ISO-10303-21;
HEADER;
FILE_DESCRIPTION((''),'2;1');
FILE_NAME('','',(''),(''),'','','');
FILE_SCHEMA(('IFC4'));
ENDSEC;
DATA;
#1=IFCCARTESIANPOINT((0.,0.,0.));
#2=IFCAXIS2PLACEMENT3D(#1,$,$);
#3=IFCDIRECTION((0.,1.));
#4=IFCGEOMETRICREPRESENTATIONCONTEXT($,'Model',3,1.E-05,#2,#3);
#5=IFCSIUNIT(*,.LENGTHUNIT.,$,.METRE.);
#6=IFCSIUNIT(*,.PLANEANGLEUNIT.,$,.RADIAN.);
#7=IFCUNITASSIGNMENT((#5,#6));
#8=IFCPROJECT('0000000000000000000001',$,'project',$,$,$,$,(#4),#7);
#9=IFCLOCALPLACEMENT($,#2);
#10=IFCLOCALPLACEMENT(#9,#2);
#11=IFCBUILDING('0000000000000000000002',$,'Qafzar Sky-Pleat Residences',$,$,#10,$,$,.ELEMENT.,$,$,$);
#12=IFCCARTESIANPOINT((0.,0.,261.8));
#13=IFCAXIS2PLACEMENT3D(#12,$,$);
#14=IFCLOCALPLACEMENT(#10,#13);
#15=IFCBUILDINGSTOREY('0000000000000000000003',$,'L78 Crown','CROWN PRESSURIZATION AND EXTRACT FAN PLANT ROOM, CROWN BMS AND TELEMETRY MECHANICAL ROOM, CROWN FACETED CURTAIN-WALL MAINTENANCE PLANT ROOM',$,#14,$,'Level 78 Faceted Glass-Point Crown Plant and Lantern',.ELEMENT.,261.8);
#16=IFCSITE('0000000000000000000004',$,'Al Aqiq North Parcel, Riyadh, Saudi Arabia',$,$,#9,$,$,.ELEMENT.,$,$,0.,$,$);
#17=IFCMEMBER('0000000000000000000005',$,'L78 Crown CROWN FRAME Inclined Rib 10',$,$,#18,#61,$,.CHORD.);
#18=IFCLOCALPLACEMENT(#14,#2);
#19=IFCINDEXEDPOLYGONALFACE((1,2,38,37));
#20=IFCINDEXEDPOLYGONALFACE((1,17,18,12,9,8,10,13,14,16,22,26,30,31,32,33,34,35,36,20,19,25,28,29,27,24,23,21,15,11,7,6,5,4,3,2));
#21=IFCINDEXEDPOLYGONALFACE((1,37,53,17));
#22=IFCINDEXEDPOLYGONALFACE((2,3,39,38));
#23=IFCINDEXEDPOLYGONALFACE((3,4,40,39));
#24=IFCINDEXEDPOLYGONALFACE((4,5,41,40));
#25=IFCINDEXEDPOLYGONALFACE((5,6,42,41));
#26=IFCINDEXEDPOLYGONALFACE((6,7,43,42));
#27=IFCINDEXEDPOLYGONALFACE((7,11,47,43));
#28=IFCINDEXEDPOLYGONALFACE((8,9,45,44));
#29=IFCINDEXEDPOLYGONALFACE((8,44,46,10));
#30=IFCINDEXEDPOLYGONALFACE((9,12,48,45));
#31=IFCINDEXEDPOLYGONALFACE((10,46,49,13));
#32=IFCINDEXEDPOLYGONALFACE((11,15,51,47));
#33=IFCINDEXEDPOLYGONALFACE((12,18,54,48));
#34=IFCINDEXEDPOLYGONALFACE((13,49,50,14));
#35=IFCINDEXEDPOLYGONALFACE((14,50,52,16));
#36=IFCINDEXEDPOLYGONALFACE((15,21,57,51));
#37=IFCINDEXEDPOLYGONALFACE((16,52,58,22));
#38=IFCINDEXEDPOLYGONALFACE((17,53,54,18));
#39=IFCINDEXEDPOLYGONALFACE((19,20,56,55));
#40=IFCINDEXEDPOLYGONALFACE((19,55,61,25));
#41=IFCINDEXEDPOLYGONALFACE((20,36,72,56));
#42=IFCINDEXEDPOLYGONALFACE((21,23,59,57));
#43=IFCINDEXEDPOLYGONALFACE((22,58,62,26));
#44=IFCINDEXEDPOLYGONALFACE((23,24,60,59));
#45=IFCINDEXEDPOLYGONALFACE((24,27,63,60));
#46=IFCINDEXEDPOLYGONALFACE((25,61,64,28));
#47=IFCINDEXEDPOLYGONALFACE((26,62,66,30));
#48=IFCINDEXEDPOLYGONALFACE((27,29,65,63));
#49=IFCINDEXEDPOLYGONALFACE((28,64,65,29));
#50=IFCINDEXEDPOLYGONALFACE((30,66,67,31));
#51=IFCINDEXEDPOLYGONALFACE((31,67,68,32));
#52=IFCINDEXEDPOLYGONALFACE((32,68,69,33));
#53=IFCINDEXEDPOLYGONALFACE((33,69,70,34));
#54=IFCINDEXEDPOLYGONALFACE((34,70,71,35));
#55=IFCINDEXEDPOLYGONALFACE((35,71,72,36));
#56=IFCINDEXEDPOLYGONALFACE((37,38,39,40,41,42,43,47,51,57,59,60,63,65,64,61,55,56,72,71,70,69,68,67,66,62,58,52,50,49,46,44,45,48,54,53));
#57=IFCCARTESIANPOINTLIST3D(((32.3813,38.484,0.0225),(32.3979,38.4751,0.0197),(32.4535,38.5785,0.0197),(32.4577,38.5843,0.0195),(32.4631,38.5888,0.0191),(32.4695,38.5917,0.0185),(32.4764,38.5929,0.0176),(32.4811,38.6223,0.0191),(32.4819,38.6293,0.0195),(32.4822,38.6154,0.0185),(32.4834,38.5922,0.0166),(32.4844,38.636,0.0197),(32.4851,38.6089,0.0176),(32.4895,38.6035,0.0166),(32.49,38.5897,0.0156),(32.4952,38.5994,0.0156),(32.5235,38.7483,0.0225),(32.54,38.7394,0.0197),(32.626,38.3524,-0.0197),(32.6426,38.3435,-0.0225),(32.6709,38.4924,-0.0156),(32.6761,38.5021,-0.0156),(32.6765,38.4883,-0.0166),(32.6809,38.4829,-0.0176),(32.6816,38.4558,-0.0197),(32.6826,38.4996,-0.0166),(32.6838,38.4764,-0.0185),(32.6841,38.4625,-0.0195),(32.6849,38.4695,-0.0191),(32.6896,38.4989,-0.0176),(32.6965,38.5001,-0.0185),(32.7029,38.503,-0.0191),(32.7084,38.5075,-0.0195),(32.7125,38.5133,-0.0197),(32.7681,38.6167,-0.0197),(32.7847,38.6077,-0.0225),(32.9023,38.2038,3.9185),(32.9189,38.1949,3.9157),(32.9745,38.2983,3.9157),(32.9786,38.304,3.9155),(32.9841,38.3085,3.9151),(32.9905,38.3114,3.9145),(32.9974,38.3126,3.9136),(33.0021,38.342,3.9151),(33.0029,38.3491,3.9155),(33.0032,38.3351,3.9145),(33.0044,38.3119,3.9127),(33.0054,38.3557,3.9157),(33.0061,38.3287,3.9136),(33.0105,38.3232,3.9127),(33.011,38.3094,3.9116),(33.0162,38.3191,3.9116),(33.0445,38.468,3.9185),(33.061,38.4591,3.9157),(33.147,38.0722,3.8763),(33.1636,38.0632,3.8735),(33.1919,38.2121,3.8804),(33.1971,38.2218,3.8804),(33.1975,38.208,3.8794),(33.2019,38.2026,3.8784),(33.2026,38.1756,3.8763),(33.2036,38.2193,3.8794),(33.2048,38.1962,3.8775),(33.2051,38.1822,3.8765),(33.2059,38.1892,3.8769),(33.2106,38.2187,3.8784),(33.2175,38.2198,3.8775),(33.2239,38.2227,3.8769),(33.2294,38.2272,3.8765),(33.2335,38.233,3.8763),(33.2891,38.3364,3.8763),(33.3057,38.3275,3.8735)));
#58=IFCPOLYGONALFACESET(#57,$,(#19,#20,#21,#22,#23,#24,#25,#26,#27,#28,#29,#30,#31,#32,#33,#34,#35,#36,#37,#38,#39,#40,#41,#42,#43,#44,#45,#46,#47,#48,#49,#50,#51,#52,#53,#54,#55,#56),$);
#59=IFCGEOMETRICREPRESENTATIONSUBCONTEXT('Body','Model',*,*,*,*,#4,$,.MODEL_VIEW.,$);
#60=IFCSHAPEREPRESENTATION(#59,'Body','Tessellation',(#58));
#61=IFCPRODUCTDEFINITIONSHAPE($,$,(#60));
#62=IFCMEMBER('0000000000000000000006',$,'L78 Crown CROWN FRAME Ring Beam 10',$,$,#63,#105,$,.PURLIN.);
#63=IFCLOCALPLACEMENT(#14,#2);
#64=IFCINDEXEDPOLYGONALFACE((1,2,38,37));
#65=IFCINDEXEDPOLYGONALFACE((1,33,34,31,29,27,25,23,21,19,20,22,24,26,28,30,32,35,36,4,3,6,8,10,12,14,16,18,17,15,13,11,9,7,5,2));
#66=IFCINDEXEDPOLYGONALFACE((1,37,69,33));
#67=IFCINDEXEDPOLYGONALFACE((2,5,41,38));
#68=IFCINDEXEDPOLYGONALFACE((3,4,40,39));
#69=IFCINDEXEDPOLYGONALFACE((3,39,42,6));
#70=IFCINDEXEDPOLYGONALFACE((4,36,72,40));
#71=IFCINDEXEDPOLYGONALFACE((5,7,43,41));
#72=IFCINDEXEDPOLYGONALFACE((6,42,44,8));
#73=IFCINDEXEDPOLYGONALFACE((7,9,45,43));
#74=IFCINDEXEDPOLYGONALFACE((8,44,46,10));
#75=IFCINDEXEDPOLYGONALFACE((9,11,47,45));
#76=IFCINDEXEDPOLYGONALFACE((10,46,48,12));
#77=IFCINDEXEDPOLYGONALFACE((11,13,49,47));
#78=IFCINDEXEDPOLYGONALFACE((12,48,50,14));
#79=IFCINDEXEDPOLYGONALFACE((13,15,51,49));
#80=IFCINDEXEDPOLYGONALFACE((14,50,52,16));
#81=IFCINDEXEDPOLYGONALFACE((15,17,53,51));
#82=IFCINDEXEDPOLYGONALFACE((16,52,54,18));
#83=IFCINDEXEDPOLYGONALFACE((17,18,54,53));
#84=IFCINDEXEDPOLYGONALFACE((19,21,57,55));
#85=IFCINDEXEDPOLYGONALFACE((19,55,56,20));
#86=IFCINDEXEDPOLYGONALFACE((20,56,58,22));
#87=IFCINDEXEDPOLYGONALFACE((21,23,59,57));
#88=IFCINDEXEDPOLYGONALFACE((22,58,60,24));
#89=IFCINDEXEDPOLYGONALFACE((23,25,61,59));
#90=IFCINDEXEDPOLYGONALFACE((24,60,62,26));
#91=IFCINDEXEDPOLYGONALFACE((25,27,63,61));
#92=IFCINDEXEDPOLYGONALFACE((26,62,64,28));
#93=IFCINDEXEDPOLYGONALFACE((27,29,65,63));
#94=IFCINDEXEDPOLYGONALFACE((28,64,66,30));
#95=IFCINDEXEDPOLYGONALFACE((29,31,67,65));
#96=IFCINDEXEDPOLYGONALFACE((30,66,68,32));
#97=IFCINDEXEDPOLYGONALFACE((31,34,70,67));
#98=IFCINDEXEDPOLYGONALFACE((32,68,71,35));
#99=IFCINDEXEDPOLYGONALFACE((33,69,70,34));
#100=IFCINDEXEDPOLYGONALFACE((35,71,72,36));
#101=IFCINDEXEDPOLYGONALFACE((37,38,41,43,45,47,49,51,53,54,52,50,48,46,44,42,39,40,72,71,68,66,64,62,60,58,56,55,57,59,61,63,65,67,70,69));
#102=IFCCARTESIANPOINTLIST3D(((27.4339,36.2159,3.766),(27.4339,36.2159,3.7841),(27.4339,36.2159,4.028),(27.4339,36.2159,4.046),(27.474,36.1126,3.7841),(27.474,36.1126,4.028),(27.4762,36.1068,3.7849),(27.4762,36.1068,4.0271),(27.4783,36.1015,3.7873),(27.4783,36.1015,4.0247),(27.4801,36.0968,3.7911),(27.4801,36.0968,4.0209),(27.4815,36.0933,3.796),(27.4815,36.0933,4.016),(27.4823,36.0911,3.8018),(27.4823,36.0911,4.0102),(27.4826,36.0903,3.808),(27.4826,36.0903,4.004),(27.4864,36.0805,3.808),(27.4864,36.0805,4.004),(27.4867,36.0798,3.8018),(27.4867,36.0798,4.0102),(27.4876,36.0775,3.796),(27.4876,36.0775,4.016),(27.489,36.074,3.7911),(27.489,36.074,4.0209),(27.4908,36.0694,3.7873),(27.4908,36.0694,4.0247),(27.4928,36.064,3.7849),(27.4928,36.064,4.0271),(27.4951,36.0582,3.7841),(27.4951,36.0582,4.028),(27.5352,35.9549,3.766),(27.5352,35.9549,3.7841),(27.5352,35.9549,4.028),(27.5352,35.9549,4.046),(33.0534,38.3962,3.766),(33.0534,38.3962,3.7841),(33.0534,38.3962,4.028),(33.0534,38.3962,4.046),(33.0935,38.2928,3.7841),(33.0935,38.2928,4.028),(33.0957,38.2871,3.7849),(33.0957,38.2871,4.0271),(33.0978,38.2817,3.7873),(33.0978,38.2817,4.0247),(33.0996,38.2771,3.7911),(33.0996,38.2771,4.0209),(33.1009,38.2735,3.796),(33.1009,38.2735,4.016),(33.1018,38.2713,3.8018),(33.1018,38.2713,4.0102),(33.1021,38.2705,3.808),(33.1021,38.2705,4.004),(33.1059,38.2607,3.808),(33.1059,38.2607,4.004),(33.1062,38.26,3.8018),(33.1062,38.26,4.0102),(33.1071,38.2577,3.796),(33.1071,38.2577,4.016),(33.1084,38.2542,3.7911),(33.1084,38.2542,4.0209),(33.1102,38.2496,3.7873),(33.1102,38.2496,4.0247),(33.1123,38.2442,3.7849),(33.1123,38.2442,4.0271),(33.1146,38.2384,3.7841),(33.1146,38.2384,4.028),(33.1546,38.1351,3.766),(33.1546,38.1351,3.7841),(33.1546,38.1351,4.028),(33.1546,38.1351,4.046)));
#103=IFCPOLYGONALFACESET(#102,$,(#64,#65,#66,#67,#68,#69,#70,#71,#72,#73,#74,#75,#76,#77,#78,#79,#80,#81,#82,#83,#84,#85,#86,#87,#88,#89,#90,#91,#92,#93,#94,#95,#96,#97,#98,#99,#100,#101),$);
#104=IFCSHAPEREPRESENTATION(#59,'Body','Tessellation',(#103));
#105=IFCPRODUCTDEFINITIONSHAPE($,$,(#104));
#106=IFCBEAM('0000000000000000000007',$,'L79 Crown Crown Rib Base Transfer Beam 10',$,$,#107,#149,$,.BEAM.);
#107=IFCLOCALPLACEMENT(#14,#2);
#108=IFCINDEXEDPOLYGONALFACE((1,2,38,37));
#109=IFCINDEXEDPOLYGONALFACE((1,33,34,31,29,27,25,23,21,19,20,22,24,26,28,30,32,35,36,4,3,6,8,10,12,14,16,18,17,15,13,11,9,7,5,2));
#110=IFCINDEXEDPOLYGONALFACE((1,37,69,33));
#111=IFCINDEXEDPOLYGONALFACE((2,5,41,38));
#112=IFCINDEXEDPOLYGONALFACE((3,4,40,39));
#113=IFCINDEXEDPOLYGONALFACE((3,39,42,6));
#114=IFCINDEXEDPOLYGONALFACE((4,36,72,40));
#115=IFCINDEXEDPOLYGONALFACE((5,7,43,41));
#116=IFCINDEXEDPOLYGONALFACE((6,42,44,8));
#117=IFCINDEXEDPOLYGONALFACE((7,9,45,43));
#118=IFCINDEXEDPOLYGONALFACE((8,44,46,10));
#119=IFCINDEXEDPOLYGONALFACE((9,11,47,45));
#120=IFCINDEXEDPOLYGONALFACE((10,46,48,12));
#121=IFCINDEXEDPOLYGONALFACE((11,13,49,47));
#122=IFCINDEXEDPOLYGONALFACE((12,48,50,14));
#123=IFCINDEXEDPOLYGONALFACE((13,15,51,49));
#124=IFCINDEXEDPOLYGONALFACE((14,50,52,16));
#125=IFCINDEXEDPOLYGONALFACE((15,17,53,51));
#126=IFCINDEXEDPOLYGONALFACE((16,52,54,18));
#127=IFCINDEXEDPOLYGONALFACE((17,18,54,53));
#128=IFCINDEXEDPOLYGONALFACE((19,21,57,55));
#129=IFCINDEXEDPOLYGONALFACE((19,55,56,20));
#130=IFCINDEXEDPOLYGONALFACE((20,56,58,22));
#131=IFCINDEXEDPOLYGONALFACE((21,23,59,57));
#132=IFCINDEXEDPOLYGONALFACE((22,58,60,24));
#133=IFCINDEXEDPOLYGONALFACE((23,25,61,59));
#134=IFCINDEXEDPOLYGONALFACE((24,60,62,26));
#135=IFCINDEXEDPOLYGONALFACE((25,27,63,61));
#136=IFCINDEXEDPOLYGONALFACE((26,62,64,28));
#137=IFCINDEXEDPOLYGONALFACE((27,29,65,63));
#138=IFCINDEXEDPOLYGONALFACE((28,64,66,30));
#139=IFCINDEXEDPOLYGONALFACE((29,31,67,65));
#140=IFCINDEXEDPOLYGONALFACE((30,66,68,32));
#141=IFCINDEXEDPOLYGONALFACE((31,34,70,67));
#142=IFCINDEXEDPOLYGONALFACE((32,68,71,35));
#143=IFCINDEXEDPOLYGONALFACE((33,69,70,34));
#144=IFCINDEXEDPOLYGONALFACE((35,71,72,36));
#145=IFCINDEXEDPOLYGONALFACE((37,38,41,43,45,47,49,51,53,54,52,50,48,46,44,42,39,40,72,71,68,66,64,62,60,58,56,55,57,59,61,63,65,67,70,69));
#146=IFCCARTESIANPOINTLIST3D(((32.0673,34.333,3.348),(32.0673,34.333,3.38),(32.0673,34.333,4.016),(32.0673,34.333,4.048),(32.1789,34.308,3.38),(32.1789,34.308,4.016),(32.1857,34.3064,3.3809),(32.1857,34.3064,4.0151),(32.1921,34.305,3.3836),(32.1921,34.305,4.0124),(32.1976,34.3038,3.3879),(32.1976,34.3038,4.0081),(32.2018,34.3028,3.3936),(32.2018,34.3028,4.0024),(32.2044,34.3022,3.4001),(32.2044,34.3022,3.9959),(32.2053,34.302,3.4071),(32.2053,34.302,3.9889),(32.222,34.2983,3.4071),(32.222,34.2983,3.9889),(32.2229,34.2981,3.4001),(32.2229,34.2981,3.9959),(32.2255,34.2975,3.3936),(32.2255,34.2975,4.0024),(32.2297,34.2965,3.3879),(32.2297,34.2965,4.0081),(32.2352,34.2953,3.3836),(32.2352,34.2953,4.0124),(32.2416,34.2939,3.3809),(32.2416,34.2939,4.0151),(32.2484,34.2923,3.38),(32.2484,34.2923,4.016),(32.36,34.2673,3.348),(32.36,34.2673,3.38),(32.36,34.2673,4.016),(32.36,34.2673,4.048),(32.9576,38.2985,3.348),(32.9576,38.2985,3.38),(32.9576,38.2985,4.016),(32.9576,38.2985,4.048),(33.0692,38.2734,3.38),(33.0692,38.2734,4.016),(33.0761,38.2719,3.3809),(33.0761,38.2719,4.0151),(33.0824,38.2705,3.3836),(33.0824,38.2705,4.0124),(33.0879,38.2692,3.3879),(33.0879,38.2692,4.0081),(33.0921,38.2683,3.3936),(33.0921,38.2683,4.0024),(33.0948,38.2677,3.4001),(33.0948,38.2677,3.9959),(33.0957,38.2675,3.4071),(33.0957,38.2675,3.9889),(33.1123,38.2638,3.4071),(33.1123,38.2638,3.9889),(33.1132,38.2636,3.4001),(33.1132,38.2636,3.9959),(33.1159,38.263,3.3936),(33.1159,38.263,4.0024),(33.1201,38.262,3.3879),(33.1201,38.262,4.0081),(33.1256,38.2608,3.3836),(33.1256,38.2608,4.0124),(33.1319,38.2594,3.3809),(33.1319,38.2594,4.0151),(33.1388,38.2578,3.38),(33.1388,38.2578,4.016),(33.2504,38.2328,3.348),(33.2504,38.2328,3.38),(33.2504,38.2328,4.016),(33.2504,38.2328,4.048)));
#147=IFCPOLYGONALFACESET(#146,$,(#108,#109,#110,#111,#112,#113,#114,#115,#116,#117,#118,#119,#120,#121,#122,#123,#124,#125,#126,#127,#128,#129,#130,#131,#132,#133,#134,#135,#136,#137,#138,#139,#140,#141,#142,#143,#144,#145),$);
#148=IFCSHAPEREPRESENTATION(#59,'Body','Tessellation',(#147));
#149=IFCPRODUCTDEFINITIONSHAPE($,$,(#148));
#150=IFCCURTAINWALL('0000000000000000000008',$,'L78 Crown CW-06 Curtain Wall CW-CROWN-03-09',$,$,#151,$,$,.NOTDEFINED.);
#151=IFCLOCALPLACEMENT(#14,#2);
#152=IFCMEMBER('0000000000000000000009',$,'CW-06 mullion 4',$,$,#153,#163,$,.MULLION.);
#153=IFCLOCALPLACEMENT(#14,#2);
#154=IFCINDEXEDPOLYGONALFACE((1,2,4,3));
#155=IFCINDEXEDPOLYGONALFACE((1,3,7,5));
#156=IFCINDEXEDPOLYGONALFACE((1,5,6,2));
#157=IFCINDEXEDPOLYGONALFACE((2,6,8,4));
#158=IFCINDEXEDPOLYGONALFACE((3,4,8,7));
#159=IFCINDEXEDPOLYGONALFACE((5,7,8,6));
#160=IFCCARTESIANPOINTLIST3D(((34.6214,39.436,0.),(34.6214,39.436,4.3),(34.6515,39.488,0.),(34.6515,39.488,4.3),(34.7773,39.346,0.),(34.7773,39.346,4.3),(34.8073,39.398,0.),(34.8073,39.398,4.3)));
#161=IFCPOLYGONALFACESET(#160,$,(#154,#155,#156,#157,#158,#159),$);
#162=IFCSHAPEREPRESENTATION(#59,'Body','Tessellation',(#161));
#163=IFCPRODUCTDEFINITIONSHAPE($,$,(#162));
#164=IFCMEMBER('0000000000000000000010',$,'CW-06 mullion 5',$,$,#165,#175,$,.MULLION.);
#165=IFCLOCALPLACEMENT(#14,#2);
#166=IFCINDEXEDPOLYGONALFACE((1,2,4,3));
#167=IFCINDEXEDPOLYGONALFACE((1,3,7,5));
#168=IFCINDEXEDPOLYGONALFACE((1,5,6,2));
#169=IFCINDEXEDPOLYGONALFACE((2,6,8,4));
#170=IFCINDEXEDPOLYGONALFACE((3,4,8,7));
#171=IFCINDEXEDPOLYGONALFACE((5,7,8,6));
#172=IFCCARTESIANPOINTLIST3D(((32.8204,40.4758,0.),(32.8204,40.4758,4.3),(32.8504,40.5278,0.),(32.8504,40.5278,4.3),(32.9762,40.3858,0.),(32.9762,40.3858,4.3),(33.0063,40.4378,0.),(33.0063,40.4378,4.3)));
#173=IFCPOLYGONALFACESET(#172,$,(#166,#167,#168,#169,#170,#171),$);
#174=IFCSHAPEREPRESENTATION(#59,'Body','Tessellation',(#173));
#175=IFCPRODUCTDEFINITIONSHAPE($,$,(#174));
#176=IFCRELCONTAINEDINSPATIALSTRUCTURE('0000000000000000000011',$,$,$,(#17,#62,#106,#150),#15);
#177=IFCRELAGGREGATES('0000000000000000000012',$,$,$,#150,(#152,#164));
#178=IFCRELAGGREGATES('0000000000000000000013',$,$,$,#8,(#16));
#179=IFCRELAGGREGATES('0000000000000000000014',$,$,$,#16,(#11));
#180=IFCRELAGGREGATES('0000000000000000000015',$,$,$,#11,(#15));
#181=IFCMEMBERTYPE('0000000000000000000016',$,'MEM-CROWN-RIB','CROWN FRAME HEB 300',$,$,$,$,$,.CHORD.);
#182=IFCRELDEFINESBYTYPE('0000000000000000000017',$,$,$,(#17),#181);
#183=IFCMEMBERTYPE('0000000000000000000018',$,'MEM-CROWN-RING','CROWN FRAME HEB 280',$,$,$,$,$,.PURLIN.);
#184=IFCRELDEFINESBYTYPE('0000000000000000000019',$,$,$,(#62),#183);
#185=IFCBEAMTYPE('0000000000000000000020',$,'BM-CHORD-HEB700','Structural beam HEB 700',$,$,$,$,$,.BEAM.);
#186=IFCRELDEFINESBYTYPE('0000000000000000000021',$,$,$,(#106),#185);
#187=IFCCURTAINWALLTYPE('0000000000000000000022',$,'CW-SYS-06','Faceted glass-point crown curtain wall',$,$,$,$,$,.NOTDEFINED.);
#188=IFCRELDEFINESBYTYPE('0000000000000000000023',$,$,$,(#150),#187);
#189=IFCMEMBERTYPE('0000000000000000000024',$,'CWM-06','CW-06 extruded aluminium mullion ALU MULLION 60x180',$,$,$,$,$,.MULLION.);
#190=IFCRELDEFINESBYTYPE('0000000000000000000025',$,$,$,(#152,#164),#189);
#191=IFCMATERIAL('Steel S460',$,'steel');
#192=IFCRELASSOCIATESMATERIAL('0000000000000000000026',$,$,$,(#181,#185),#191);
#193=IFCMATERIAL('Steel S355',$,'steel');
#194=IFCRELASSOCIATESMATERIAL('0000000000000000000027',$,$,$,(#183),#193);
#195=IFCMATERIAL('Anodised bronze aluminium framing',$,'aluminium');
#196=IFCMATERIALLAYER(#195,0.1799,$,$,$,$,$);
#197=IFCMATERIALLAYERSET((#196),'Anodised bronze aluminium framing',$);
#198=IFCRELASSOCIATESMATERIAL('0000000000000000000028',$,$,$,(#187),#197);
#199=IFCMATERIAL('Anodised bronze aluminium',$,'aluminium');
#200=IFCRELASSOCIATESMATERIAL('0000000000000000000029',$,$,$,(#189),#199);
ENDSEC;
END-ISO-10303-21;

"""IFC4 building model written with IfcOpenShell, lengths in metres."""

from ifc_helpers import new_model, si_unit, direction, frame, origin, origin_2d, place, context, subcontext, project, spatial, rectangle, i_section, extrude, source, transform, mapped, material, layer, layer_set, material_profile, profile_set, type_object, element, aggregate, save


model = new_model("IFC4")

# Units and contexts
model_context = context("Model", 3, precision=1e-05, world=origin(), true_north=direction((0.0, 1.0)))
body_context = subcontext(model_context, "Body", "Model", "MODEL_VIEW")
ifc_project = project(units=[si_unit("LENGTHUNIT", "METRE"), si_unit("PLANEANGLEUNIT", "RADIAN")], contexts=[model_context])

# Site, building, storey
site_placement = place(None, origin())
site = spatial("IfcSite", under=ifc_project, at=site_placement, Name="Al Aqiq North Parcel, Riyadh, Saudi Arabia", CompositionType="ELEMENT", RefElevation=0.0)
building_placement = place(site_placement, origin())
building = spatial("IfcBuilding", under=site, at=building_placement, Name="Qafzar Sky-Pleat Residences", CompositionType="ELEMENT")
storey_placement = place(building_placement, frame((0.0, 0.0, 261.8)))
storey = spatial("IfcBuildingStorey", under=building, at=storey_placement, Name="L78 Crown", Description="CROWN PRESSURIZATION AND EXTRACT FAN PLANT ROOM, CROWN BMS AND TELEMETRY MECHANICAL ROOM, CROWN FACETED CURTAIN-WALL MAINTENANCE PLANT ROOM", LongName="Level 78 Faceted Glass-Point Crown Plant and Lantern", CompositionType="ELEMENT", Elevation=261.8)

# Members
ifc_material_1 = material(Name="Steel S460", Category="steel")
ifc_material_profile_1 = material_profile(ifc_material_1, i_section(OverallWidth=0.3, OverallDepth=0.3, WebThickness=0.011, FlangeThickness=0.019, FilletRadius=0.0271, at=origin_2d()), Name="HEB 300")
ifc_profile_set_1 = profile_set([ifc_material_profile_1], Name="Steel S460")
member_type_1 = type_object("IfcMemberType", Name="MEM-CROWN-RIB", Description="CROWN FRAME HEB 300", PredefinedType="CHORD", material=ifc_profile_set_1)
shared_shape_1 = source(origin(), body_context, "Body", "SweptSolid", [
    extrude(i_section(OverallWidth=0.3, OverallDepth=0.3, WebThickness=0.011, FlangeThickness=0.019, FilletRadius=0.0271, at=origin_2d()), origin(), (0.0, 0.0, 1.0), 3.9407),
])
member_1_placement = place(storey_placement, frame((32.583, 38.5459, 0.0), z_axis=(0.13221, -0.071124, 0.988667), x_axis=(0.473755, 0.880657, 0.0)))
element("IfcMember", 1, at=member_1_placement, inside=storey, type_object=member_type_1, Name="L78 Crown CROWN FRAME Inclined Rib 10", PredefinedType="CHORD", context=body_context, shape_type="MappedRepresentation", body=[
    mapped(shared_shape_1, transform((0.0, 0.0, 0.0), x_axis=(1.0, 0.0, 0.0), y_axis=(0.0, 1.0, 0.0), z_axis=(0.0, 0.0, 1.0), scale=1.0)),
])
ifc_material_2 = material(Name="Steel S355", Category="steel")
ifc_material_profile_2 = material_profile(ifc_material_2, i_section(OverallWidth=0.28, OverallDepth=0.28, WebThickness=0.0105, FlangeThickness=0.0181, FilletRadius=0.0239, at=origin_2d()), Name="HEB 280")
ifc_profile_set_2 = profile_set([ifc_material_profile_2], Name="Steel S355")
member_type_2 = type_object("IfcMemberType", Name="MEM-CROWN-RING", Description="CROWN FRAME HEB 280", PredefinedType="PURLIN", material=ifc_profile_set_2)
shared_shape_2 = source(origin(), body_context, "Body", "SweptSolid", [
    extrude(i_section(OverallWidth=0.28, OverallDepth=0.28, WebThickness=0.0105, FlangeThickness=0.0181, FilletRadius=0.0239, at=origin_2d()), origin(), (0.0, 0.0, 1.0), 6.0276),
])
member_2_placement = place(storey_placement, frame((33.104, 38.2656, 3.906), z_axis=(-0.932292, -0.361705, 0.0), x_axis=(0.361705, -0.932292, 0.0)))
element("IfcMember", 2, at=member_2_placement, inside=storey, type_object=member_type_2, Name="L78 Crown CROWN FRAME Ring Beam 10", PredefinedType="PURLIN", context=body_context, shape_type="MappedRepresentation", body=[
    mapped(shared_shape_2, transform((0.0, 0.0, 0.0), x_axis=(1.0, 0.0, 0.0), y_axis=(0.0, 1.0, 0.0), z_axis=(0.0, 0.0, 1.0), scale=1.0)),
])

# Beam
ifc_material_profile_3 = material_profile(ifc_material_1, i_section(OverallWidth=0.3, OverallDepth=0.7, WebThickness=0.0171, FlangeThickness=0.032, FilletRadius=0.0271, at=origin_2d()), Name="HEB 700")
ifc_profile_set_3 = profile_set([ifc_material_profile_3], Name="Steel S460")
beam_type = type_object("IfcBeamType", Name="BM-CHORD-HEB700", Description="Structural beam HEB 700", PredefinedType="BEAM", material=ifc_profile_set_3)
shared_shape_3 = source(origin(), body_context, "Body", "SweptSolid", [
    extrude(i_section(OverallWidth=0.3, OverallDepth=0.7, WebThickness=0.0171, FlangeThickness=0.032, FilletRadius=0.0271, at=origin_2d()), origin(), (0.0, 0.0, 1.0), 4.0642),
])
beam_placement = place(storey_placement, frame((33.104, 38.2656, 3.698), z_axis=(-0.219073, -0.975708, 0.0), x_axis=(0.975708, -0.219073, 0.0)))
element("IfcBeam", 3, at=beam_placement, inside=storey, type_object=beam_type, Name="L79 Crown Crown Rib Base Transfer Beam 10", PredefinedType="BEAM", context=body_context, shape_type="MappedRepresentation", body=[
    mapped(shared_shape_3, transform((0.0, 0.0, 0.0), x_axis=(1.0, 0.0, 0.0), y_axis=(0.0, 1.0, 0.0), z_axis=(0.0, 0.0, 1.0), scale=1.0)),
])

# Curtain wall, members
ifc_material_3 = material(Name="Anodised bronze aluminium framing", Category="aluminium")
ifc_layer_1 = layer(ifc_material_3, 0.1799)
ifc_layer_set_1 = layer_set([ifc_layer_1], Name="Anodised bronze aluminium framing")
curtain_wall_type = type_object("IfcCurtainWallType", Name="CW-SYS-06", Description="Faceted glass-point crown curtain wall", PredefinedType="NOTDEFINED", material=ifc_layer_set_1)
curtain_wall_1_placement = place(storey_placement, origin())
curtain_wall_1 = element("IfcCurtainWall", 4, at=curtain_wall_1_placement, inside=storey, type_object=curtain_wall_type, Name="L78 Crown CW-06 Curtain Wall CW-CROWN-03-09", PredefinedType="NOTDEFINED")
ifc_material_4 = material(Name="Anodised bronze aluminium", Category="aluminium")
ifc_material_profile_4 = material_profile(ifc_material_4, rectangle(XDim=0.0601, YDim=0.1799, at=origin_2d()), Name="ALU MULLION 60x180")
ifc_profile_set_4 = profile_set([ifc_material_profile_4], Name="Anodised bronze aluminium")
member_type_3 = type_object("IfcMemberType", Name="CWM-06", Description="CW-06 extruded aluminium mullion ALU MULLION 60x180", PredefinedType="MULLION", material=ifc_profile_set_4)
shared_shape_4 = source(origin(), body_context, "Body", "SweptSolid", [
    extrude(rectangle(XDim=0.0601, YDim=0.1799, at=origin_2d()), origin(), (0.0, 0.0, 1.0), 4.3),
])
member_3_placement = place(storey_placement, frame((34.7144, 39.417, 0.0), z_axis=(0.0, 0.0, 1.0), x_axis=(-0.500002, -0.866024, 0.0)))
member_3 = element("IfcMember", 5, at=member_3_placement, type_object=member_type_3, Name="CW-06 mullion 4", PredefinedType="MULLION", context=body_context, shape_type="MappedRepresentation", body=[
    mapped(shared_shape_4, transform((0.0, 0.0, 0.0), x_axis=(1.0, 0.0, 0.0), y_axis=(0.0, 1.0, 0.0), z_axis=(0.0, 0.0, 1.0), scale=1.0)),
])
member_4_placement = place(storey_placement, frame((32.9133, 40.4568, 0.0), z_axis=(0.0, 0.0, 1.0), x_axis=(-0.500002, -0.866024, 0.0)))
member_4 = element("IfcMember", 6, at=member_4_placement, type_object=member_type_3, Name="CW-06 mullion 5", PredefinedType="MULLION", context=body_context, shape_type="MappedRepresentation", body=[
    mapped(shared_shape_4, transform((0.0, 0.0, 0.0), x_axis=(1.0, 0.0, 0.0), y_axis=(0.0, 1.0, 0.0), z_axis=(0.0, 0.0, 1.0), scale=1.0)),
])

aggregate(curtain_wall_1, [member_3, member_4])

save(model, "model.ifc")
